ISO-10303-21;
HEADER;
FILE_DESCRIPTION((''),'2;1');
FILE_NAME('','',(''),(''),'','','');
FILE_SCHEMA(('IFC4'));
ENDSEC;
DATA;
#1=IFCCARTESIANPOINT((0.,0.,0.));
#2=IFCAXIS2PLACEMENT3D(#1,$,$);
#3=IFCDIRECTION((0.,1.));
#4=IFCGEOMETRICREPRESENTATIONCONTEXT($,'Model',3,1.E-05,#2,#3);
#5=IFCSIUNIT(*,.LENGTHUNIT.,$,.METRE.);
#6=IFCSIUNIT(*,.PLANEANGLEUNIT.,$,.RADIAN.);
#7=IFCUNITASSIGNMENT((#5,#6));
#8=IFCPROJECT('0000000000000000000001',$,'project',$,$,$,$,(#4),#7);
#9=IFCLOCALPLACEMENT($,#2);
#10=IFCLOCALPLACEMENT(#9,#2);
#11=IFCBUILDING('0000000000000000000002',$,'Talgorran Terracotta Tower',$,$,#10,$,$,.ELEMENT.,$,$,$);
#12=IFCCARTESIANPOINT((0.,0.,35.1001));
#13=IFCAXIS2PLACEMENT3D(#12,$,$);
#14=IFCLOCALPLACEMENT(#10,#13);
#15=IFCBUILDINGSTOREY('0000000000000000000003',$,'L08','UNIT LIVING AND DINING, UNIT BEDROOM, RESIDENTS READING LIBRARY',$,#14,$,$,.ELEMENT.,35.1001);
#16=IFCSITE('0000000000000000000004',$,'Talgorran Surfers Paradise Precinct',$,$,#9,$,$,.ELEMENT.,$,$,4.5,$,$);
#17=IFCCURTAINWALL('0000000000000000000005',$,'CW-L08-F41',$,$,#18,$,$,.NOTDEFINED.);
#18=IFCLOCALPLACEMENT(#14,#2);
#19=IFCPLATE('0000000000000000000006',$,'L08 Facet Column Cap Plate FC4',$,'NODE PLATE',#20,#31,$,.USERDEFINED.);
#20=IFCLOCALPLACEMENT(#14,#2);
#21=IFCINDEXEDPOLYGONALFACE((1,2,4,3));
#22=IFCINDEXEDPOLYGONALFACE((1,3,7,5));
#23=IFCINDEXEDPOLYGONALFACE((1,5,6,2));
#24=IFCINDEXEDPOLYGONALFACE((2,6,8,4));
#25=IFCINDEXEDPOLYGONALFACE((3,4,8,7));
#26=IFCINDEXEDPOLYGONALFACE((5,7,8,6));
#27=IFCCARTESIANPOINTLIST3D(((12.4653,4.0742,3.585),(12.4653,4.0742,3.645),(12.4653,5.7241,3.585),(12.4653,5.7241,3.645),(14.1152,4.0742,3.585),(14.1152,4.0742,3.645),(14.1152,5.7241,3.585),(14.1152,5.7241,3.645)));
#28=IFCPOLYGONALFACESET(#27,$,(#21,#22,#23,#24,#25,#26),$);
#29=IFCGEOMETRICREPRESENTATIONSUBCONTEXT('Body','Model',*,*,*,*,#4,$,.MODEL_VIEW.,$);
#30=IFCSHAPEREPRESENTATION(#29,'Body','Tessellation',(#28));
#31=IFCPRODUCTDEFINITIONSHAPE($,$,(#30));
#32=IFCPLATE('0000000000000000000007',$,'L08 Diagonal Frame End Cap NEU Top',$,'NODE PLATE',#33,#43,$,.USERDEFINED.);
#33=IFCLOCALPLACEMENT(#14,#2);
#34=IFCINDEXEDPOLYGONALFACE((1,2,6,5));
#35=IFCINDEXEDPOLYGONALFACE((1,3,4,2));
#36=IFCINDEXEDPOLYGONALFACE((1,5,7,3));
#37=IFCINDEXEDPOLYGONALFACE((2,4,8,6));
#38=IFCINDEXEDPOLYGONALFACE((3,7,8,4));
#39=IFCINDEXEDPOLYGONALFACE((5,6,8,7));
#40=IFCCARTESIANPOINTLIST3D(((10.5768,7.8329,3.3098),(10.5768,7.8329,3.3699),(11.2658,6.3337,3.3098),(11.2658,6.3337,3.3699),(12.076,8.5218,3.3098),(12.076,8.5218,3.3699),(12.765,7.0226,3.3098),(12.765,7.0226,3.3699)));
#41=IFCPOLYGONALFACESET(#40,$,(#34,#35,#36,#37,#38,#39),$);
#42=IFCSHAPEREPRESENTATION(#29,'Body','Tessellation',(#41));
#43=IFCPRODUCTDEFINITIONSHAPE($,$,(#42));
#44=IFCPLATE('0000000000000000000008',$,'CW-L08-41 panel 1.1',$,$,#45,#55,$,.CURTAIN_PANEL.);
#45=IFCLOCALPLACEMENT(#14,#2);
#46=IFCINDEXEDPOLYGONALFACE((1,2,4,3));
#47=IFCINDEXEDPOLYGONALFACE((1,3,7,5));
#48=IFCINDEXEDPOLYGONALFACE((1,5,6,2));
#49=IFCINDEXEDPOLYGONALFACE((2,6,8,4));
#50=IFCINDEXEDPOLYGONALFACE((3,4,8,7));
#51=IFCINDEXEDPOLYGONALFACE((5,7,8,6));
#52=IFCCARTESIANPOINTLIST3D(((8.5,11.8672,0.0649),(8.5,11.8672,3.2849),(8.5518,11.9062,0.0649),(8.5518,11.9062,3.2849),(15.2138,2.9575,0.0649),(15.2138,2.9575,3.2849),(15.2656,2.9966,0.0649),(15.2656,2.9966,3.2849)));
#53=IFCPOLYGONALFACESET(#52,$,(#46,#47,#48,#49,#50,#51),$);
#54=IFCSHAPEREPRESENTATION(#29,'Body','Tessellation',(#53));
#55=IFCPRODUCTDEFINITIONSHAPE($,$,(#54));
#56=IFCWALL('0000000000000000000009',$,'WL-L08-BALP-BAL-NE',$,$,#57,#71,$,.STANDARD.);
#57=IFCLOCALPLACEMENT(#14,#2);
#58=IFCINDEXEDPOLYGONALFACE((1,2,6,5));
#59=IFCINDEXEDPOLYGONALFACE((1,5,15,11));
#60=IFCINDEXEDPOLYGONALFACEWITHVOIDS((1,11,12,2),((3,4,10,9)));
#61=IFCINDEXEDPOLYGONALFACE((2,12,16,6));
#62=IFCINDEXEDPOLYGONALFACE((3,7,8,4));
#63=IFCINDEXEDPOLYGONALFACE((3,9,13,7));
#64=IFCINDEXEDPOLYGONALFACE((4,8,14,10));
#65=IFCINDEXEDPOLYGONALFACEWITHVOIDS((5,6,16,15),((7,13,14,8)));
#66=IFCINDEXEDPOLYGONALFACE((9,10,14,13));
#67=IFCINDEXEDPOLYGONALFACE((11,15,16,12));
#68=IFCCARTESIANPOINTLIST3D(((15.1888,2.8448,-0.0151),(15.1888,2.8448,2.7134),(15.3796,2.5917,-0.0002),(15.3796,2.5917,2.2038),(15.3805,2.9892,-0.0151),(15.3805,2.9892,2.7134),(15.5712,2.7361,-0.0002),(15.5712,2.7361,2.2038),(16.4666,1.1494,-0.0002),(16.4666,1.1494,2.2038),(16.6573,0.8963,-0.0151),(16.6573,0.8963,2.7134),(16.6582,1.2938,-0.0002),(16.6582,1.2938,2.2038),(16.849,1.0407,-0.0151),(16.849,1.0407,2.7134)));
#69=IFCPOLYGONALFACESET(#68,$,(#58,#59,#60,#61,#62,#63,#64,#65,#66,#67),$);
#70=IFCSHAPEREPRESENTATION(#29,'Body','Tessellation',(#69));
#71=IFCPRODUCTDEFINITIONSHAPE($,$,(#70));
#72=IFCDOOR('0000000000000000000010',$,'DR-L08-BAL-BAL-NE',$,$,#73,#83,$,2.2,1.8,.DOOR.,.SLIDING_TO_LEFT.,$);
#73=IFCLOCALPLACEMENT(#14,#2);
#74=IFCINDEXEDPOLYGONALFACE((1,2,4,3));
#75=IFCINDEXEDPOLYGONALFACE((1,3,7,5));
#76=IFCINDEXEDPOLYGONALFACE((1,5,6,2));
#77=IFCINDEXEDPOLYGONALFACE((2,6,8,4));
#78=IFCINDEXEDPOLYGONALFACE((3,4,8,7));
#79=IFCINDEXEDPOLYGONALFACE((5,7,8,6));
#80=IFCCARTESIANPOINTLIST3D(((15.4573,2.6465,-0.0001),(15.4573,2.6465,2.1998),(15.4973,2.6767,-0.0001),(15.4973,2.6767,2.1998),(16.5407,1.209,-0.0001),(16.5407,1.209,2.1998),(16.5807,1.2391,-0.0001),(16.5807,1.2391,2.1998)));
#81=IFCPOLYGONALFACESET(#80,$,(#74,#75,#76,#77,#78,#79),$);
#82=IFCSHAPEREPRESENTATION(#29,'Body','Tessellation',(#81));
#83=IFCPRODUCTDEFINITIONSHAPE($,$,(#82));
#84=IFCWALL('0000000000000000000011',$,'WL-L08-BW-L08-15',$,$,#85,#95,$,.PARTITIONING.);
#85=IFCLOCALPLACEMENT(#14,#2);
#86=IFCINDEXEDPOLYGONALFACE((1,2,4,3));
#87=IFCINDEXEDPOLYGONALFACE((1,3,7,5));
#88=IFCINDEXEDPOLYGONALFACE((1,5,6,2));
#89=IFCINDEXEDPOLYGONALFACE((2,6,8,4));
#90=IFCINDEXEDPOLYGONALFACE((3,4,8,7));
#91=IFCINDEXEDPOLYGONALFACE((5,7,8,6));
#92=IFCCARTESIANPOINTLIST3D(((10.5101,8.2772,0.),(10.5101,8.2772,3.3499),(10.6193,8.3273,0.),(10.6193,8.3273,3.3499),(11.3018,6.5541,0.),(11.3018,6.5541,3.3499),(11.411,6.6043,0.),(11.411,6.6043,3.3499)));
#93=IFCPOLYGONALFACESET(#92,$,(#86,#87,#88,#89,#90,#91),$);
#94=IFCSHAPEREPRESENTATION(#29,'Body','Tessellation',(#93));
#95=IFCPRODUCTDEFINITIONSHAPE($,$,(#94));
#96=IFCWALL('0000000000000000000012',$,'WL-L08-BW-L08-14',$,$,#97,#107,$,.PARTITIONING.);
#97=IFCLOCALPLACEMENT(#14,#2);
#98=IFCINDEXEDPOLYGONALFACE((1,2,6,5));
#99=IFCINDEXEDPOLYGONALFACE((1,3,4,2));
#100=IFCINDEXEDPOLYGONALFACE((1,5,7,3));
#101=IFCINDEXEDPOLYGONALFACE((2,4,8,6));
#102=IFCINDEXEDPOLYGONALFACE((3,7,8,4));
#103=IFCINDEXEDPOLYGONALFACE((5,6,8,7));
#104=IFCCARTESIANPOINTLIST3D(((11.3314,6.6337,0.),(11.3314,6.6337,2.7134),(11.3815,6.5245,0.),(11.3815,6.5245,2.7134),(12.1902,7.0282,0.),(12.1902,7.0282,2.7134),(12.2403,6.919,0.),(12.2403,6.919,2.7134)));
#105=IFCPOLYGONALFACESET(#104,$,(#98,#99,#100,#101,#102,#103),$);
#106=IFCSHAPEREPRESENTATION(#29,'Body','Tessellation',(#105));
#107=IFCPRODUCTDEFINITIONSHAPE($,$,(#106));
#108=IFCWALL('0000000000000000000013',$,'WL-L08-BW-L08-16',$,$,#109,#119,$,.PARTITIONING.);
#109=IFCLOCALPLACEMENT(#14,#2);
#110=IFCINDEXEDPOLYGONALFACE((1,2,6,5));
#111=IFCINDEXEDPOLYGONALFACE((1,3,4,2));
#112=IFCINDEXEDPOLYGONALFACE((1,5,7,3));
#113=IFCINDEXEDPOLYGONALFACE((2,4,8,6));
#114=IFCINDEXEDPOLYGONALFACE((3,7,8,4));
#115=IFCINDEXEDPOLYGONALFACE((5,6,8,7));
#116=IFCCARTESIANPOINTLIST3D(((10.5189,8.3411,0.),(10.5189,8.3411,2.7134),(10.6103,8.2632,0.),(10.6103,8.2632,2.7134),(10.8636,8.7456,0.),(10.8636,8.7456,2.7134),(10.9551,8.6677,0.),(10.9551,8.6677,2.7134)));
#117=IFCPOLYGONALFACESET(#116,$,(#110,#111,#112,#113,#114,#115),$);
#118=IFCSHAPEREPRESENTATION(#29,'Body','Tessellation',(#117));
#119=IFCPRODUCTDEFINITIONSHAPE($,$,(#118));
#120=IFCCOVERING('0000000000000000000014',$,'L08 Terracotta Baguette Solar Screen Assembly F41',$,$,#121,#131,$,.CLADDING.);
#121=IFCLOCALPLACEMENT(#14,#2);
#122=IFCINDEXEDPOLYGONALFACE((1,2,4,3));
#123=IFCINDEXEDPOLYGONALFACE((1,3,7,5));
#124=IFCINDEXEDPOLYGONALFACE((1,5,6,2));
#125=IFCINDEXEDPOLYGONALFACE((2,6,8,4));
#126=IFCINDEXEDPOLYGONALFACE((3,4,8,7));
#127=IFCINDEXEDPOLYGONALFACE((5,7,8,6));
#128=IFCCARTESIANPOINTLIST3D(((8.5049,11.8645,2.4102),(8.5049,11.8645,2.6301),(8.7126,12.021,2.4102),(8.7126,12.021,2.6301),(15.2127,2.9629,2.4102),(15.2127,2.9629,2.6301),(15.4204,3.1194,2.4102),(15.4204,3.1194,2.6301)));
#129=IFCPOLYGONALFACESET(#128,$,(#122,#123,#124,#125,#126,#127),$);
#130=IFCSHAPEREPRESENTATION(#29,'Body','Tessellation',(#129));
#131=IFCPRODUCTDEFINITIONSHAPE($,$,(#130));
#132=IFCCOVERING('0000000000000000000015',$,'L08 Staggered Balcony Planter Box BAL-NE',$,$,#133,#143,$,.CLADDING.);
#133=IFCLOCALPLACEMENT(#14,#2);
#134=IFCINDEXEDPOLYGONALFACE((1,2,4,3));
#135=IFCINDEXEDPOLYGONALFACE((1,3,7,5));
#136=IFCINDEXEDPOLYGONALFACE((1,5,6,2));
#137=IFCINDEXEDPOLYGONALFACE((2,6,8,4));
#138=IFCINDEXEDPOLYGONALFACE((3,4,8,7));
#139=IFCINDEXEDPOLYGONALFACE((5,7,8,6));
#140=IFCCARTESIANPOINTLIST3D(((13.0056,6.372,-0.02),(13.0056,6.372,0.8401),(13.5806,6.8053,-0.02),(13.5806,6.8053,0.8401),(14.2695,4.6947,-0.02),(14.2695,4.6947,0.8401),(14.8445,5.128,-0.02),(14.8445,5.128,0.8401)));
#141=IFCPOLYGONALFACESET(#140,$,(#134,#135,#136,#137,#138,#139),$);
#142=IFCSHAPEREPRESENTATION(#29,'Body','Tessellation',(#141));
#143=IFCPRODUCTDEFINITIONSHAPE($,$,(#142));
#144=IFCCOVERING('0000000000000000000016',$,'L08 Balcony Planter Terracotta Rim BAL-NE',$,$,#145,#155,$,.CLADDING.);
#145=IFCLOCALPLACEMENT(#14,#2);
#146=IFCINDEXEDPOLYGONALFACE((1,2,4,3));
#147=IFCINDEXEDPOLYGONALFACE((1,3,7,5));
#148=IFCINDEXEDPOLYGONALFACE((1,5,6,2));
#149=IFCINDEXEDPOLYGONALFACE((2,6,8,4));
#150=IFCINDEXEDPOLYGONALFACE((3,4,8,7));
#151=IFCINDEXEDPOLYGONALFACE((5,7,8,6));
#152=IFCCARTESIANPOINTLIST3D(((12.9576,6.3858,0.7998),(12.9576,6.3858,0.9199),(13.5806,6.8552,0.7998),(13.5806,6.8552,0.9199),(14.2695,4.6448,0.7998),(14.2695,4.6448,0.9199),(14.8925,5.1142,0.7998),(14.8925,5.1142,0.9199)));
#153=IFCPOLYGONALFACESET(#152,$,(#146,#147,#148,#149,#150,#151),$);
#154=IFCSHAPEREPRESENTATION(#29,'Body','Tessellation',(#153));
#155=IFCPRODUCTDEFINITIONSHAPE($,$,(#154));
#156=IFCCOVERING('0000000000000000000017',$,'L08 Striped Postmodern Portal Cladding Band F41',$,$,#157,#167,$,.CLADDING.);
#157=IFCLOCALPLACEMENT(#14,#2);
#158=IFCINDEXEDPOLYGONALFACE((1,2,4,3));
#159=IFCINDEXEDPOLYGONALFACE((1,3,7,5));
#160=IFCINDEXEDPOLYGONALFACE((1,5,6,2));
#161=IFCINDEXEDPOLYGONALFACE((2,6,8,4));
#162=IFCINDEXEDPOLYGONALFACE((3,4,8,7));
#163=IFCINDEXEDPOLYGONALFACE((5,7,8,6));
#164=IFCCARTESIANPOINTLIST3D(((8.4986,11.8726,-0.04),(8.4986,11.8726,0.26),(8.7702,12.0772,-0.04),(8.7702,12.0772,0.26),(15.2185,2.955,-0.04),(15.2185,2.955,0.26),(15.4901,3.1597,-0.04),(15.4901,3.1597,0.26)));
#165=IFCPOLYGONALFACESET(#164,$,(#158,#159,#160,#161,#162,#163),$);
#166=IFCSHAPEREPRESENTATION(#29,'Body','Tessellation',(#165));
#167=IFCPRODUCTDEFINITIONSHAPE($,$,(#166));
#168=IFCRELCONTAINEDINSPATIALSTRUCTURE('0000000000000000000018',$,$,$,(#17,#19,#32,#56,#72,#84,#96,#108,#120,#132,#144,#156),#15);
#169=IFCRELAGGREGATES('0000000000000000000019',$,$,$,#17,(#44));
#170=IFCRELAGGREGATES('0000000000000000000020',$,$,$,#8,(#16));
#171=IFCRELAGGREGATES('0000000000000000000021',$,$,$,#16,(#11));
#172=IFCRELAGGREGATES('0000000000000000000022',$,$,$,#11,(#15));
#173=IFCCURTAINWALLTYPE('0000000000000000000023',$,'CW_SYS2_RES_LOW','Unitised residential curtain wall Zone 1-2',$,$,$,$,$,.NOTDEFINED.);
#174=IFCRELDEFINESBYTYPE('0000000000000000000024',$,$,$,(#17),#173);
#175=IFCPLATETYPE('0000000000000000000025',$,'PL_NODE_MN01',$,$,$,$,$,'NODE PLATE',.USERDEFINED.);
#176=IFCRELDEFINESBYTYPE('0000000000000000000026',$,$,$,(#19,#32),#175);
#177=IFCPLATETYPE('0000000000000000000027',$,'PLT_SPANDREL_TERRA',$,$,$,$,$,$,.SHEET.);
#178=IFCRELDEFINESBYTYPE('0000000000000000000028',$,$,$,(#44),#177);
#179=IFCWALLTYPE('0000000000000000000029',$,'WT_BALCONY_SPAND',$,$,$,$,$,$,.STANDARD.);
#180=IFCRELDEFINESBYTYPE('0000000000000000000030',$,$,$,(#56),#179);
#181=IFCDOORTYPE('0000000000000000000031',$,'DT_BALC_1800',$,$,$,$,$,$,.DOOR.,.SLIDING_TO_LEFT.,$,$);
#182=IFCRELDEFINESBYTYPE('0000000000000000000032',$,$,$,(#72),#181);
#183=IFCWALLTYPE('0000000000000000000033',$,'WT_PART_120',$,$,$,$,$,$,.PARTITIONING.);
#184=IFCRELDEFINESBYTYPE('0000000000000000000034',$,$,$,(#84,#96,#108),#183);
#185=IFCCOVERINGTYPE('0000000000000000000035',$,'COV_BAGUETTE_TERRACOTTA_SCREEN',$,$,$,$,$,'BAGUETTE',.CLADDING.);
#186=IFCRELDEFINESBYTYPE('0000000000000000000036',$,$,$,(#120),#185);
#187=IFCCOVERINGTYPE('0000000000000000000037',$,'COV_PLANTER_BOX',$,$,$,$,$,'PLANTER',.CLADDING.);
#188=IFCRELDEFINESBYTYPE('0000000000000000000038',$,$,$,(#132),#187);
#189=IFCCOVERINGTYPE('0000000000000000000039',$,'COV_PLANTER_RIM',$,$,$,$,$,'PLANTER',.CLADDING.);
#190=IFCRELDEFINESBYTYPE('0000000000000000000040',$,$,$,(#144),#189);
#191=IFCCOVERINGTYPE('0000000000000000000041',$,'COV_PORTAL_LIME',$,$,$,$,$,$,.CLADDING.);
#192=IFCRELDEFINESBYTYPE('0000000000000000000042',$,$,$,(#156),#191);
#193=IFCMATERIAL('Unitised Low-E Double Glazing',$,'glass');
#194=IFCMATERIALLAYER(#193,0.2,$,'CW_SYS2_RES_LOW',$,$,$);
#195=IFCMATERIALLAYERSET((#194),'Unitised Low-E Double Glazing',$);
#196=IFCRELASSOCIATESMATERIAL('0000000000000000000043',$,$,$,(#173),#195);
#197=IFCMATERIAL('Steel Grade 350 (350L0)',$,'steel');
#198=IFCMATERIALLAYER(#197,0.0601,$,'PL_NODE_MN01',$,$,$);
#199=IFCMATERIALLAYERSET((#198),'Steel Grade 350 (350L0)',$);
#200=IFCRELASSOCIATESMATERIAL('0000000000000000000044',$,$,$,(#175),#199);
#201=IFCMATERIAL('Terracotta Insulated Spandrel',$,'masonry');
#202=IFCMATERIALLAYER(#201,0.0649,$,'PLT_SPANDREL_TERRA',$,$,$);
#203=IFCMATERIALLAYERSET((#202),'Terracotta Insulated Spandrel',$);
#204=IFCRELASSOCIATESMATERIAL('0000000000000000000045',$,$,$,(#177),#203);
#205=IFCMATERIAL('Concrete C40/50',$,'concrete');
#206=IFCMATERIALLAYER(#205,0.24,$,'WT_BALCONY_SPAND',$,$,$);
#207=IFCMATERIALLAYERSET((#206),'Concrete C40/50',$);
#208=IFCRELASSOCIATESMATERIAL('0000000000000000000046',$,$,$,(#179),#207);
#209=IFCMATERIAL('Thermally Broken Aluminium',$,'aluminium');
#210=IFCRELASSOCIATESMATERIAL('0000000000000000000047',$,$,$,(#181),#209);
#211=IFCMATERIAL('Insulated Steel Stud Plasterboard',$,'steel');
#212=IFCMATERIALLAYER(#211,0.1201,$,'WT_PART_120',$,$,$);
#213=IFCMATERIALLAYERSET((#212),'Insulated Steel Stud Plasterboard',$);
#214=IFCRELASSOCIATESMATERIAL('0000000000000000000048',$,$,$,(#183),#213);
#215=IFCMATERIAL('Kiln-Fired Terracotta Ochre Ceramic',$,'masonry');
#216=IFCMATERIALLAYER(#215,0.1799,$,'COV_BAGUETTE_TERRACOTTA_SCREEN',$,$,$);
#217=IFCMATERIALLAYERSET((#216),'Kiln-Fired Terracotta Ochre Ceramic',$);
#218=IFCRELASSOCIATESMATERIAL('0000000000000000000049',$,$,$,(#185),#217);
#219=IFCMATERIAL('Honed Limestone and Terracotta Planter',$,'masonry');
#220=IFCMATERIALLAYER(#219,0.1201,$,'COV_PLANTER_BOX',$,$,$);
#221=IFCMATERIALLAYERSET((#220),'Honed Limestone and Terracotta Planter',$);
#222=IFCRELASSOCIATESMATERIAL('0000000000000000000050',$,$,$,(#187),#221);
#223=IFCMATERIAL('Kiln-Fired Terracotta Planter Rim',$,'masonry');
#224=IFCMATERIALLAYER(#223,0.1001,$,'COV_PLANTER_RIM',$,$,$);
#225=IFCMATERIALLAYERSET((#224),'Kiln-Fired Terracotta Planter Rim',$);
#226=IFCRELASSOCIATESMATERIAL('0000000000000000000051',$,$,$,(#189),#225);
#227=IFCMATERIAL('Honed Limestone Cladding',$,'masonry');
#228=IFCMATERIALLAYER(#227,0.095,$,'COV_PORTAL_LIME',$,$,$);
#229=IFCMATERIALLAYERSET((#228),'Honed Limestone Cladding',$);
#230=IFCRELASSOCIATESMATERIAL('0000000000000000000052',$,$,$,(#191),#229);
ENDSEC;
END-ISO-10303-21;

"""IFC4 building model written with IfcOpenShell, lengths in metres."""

from ifc_helpers import new_model, si_unit, direction, frame, frame_2d, origin, origin_2d, place, context, subcontext, project, spatial, rectangle, extrude, source, transform, mapped, material, layer, layer_set, type_object, type_shapes, element, fill, aggregate, save


model = new_model("IFC4")

# Units and contexts
model_context = context("Model", 3, precision=1e-05, world=origin(), true_north=direction((0.0, 1.0)))
body_context = subcontext(model_context, "Body", "Model", "MODEL_VIEW")
ifc_project = project(units=[si_unit("LENGTHUNIT", "METRE"), si_unit("PLANEANGLEUNIT", "RADIAN")], contexts=[model_context])

# Site, building, storey
site_placement = place(None, origin())
site = spatial("IfcSite", under=ifc_project, at=site_placement, Name="Talgorran Surfers Paradise Precinct", CompositionType="ELEMENT", RefElevation=4.5)
building_placement = place(site_placement, origin())
building = spatial("IfcBuilding", under=site, at=building_placement, Name="Talgorran Terracotta Tower", CompositionType="ELEMENT")
storey_placement = place(building_placement, frame((0.0, 0.0, 35.1001)))
storey = spatial("IfcBuildingStorey", under=building, at=storey_placement, Name="L08", Description="UNIT LIVING AND DINING, UNIT BEDROOM, RESIDENTS READING LIBRARY", CompositionType="ELEMENT", Elevation=35.1001)

# Shared definitions
ifc_material_1 = material(Name="Steel Grade 350 (350L0)", Category="steel")

# Curtain wall
ifc_material_2 = material(Name="Unitised Low-E Double Glazing", Category="glass")
ifc_layer_1 = layer(ifc_material_2, 0.2, Name="CW_SYS2_RES_LOW")
ifc_layer_set_1 = layer_set([ifc_layer_1], Name="Unitised Low-E Double Glazing")
curtain_wall_type = type_object("IfcCurtainWallType", Name="CW_SYS2_RES_LOW", Description="Unitised residential curtain wall Zone 1-2", PredefinedType="NOTDEFINED", material=ifc_layer_set_1)
curtain_wall_placement = place(storey_placement, origin())
curtain_wall = element("IfcCurtainWall", 1, at=curtain_wall_placement, inside=storey, type_object=curtain_wall_type, Name="CW-L08-F41", PredefinedType="NOTDEFINED")

# Plates
ifc_layer_2 = layer(ifc_material_1, 0.0601, Name="PL_NODE_MN01")
ifc_layer_set_2 = layer_set([ifc_layer_2], Name="Steel Grade 350 (350L0)")
plate_type_1 = type_object("IfcPlateType", Name="PL_NODE_MN01", ElementType="NODE PLATE", PredefinedType="USERDEFINED", material=ifc_layer_set_2)
for number, where, z_axis, x_axis, name in (
    (2, (13.2903, 4.8992, 3.585), (0.0, 0.0, 1.0), (1.0, 0.0, 0.0), "L08 Facet Column Cap Plate FC4"),
    (3, (11.6709, 7.4277, 3.3098), (0.0, 0.0, 1.0), (0.41755, -0.908654, 0.0), "L08 Diagonal Frame End Cap NEU Top"),
):
    element("IfcPlate", number, at=place(storey_placement, frame(where, z_axis=z_axis, x_axis=x_axis)), inside=storey, type_object=plate_type_1, Name=name, ObjectType="NODE PLATE", PredefinedType="USERDEFINED", context=body_context, shape_type="SweptSolid", body=[
        extrude(rectangle(XDim=1.6499, YDim=1.6499, at=origin_2d()), origin(), (0.0, 0.0, 1.0), 0.0601),
    ])

# Plate
ifc_material_3 = material(Name="Terracotta Insulated Spandrel", Category="masonry")
ifc_layer_3 = layer(ifc_material_3, 0.0649, Name="PLT_SPANDREL_TERRA")
ifc_layer_set_3 = layer_set([ifc_layer_3], Name="Terracotta Insulated Spandrel")
plate_type_2 = type_object("IfcPlateType", Name="PLT_SPANDREL_TERRA", PredefinedType="SHEET", material=ifc_layer_set_3)
shared_shape_1 = source(origin(), body_context, "Body", "SweptSolid", [
    extrude(rectangle(XDim=11.156, YDim=0.0649, at=origin_2d()), origin(), (0.0, 0.0, 1.0), 3.22),
])
type_shapes(plate_type_2, [shared_shape_1])
plate_1_placement = place(storey_placement, frame((11.8828, 7.4319, 0.0649), z_axis=(0.0, 0.0, 1.0), x_axis=(-0.60181, 0.798639, 0.0)))
plate_1 = element("IfcPlate", 4, at=plate_1_placement, type_object=plate_type_2, Name="CW-L08-41 panel 1.1", PredefinedType="CURTAIN_PANEL", context=body_context, shape_type="MappedRepresentation", body=[
    mapped(shared_shape_1, transform((0.0, 0.0, 0.0), scale=1.0)),
])
aggregate(curtain_wall, [plate_1])

# Wall, opening, door
ifc_material_4 = material(Name="Concrete C40/50", Category="concrete")
ifc_layer_4 = layer(ifc_material_4, 0.24, Name="WT_BALCONY_SPAND")
ifc_layer_set_4 = layer_set([ifc_layer_4], Name="Concrete C40/50")
wall_type_1 = type_object("IfcWallType", Name="WT_BALCONY_SPAND", PredefinedType="STANDARD", material=ifc_layer_set_4)
wall_1_placement = place(storey_placement, frame((16.7532, 0.9685, -0.0151), z_axis=(0.0, 0.0, 1.0), x_axis=(-0.601872, 0.798593, 0.0)))
wall_1 = element("IfcWall", 5, at=wall_1_placement, inside=storey, type_object=wall_type_1, Name="WL-L08-BALP-BAL-NE", PredefinedType="STANDARD", context=body_context, shape_type="SweptSolid", body=[
    extrude(rectangle(XDim=2.4399, YDim=0.24, at=frame_2d((1.22, 0.0))), origin(), (0.0, 0.0, 1.0), 2.7285),
])
opening_placement = place(wall_1_placement, frame((0.3201, 0.0, 0.0149)))
opening = element("IfcOpeningElement", 6, at=opening_placement, cuts=wall_1, PredefinedType="OPENING", context=body_context, shape_type="SweptSolid", body=[
    extrude(rectangle(XDim=1.806, YDim=2.204, at=frame_2d((0.8999, 1.1021))), frame((0.0, 0.1299, 0.0), z_axis=(0.0, -1.0, 0.0), x_axis=(1.0, 0.0, 0.0)), (0.0, 0.0, 1.0), 0.26),
])
ifc_material_5 = material(Name="Thermally Broken Aluminium", Category="aluminium")
door_type = type_object("IfcDoorType", Name="DT_BALC_1800", OperationType="SLIDING_TO_LEFT", PredefinedType="DOOR", material=ifc_material_5)
door_placement = place(opening_placement, origin())
door = element("IfcDoor", 7, at=door_placement, inside=storey, type_object=door_type, Name="DR-L08-BAL-BAL-NE", OperationType="SLIDING_TO_LEFT", OverallHeight=2.2, OverallWidth=1.8, PredefinedType="DOOR", context=body_context, shape_type="SweptSolid", body=[
    extrude(rectangle(XDim=1.8, YDim=2.2, at=frame_2d((0.8999, 1.1001))), frame((0.0, 0.0249, 0.0), z_axis=(0.0, -1.0, 0.0), x_axis=(1.0, 0.0, 0.0)), (0.0, 0.0, 1.0), 0.05),
])
fill(opening, door)

# Walls
ifc_material_6 = material(Name="Insulated Steel Stud Plasterboard", Category="steel")
ifc_layer_5 = layer(ifc_material_6, 0.1201, Name="WT_PART_120")
ifc_layer_set_5 = layer_set([ifc_layer_5], Name="Insulated Steel Stud Plasterboard")
wall_type_2 = type_object("IfcWallType", Name="WT_PART_120", PredefinedType="PARTITIONING", material=ifc_layer_set_5)
wall_2_placement = place(storey_placement, frame((11.3564, 6.5791, 0.0), z_axis=(0.0, 0.0, 1.0), x_axis=(-0.417515, 0.90867, 0.0)))
element("IfcWall", 8, at=wall_2_placement, inside=storey, type_object=wall_type_2, Name="WL-L08-BW-L08-15", PredefinedType="PARTITIONING", context=body_context, shape_type="SweptSolid", body=[
    extrude(rectangle(XDim=1.8962, YDim=0.1201, at=frame_2d((0.9482, 0.0))), origin(), (0.0, 0.0, 1.0), 3.3499),
])
wall_3_placement = place(storey_placement, frame((12.2153, 6.9736, 0.0), z_axis=(0.0, 0.0, 1.0), x_axis=(-0.908714, -0.417419, 0.0)))
element("IfcWall", 9, at=wall_3_placement, inside=storey, type_object=wall_type_2, Name="WL-L08-BW-L08-14", PredefinedType="PARTITIONING", context=body_context, shape_type="SweptSolid", body=[
    extrude(rectangle(XDim=0.9451, YDim=0.1201, at=frame_2d((0.4727, 0.0))), origin(), (0.0, 0.0, 1.0), 2.7134),
])
wall_4_placement = place(storey_placement, frame((10.5647, 8.3022, 0.0), z_axis=(0.0, 0.0, 1.0), x_axis=(0.648595, 0.761134, 0.0)))
element("IfcWall", 10, at=wall_4_placement, inside=storey, type_object=wall_type_2, Name="WL-L08-BW-L08-16", PredefinedType="PARTITIONING", context=body_context, shape_type="SweptSolid", body=[
    extrude(rectangle(XDim=0.5315, YDim=0.1201, at=frame_2d((0.2656, 0.0))), origin(), (0.0, 0.0, 1.0), 2.7134),
])

# Coverings
ifc_material_7 = material(Name="Kiln-Fired Terracotta Ochre Ceramic", Category="masonry")
ifc_layer_6 = layer(ifc_material_7, 0.1799, Name="COV_BAGUETTE_TERRACOTTA_SCREEN")
ifc_layer_set_6 = layer_set([ifc_layer_6], Name="Kiln-Fired Terracotta Ochre Ceramic")
covering_type_1 = type_object("IfcCoveringType", Name="COV_BAGUETTE_TERRACOTTA_SCREEN", ElementType="BAGUETTE", PredefinedType="CLADDING", material=ifc_layer_set_6)
covering_1_placement = place(storey_placement, frame((11.9626, 7.4919, 2.4102), z_axis=(0.0, 0.0, 1.0), x_axis=(-0.601815, 0.798636, 0.0)))
element("IfcCovering", 11, at=covering_1_placement, inside=storey, type_object=covering_type_1, Name="L08 Terracotta Baguette Solar Screen Assembly F41", PredefinedType="CLADDING", context=body_context, shape_type="SweptSolid", body=[
    extrude(rectangle(XDim=11.146, YDim=0.26, at=origin_2d()), origin(), (0.0, 0.0, 1.0), 0.22),
])
ifc_material_8 = material(Name="Honed Limestone and Terracotta Planter", Category="masonry")
ifc_layer_7 = layer(ifc_material_8, 0.1201, Name="COV_PLANTER_BOX")
ifc_layer_set_7 = layer_set([ifc_layer_7], Name="Honed Limestone and Terracotta Planter")
covering_type_2 = type_object("IfcCoveringType", Name="COV_PLANTER_BOX", ElementType="PLANTER", PredefinedType="CLADDING", material=ifc_layer_set_7)
covering_2_placement = place(storey_placement, frame((13.925, 5.75, -0.02), z_axis=(0.0, 0.0, 1.0), x_axis=(-0.601815, 0.798636, 0.0)))
element("IfcCovering", 12, at=covering_2_placement, inside=storey, type_object=covering_type_2, Name="L08 Staggered Balcony Planter Box BAL-NE", PredefinedType="CLADDING", context=body_context, shape_type="SweptSolid", body=[
    extrude(rectangle(XDim=2.1001, YDim=0.72, at=origin_2d()), origin(), (0.0, 0.0, 1.0), 0.8601),
])
ifc_material_9 = material(Name="Kiln-Fired Terracotta Planter Rim", Category="masonry")
ifc_layer_8 = layer(ifc_material_9, 0.1001, Name="COV_PLANTER_RIM")
ifc_layer_set_8 = layer_set([ifc_layer_8], Name="Kiln-Fired Terracotta Planter Rim")
covering_type_3 = type_object("IfcCoveringType", Name="COV_PLANTER_RIM", ElementType="PLANTER", PredefinedType="CLADDING", material=ifc_layer_set_8)
covering_3_placement = place(storey_placement, frame((13.925, 5.75, 0.7998), z_axis=(0.0, 0.0, 1.0), x_axis=(-0.601815, 0.798636, 0.0)))
element("IfcCovering", 13, at=covering_3_placement, inside=storey, type_object=covering_type_3, Name="L08 Balcony Planter Terracotta Rim BAL-NE", PredefinedType="CLADDING", context=body_context, shape_type="SweptSolid", body=[
    extrude(rectangle(XDim=2.1799, YDim=0.78, at=origin_2d()), origin(), (0.0, 0.0, 1.0), 0.1201),
])
ifc_material_10 = material(Name="Honed Limestone Cladding", Category="masonry")
ifc_layer_9 = layer(ifc_material_10, 0.095, Name="COV_PORTAL_LIME")
ifc_layer_set_9 = layer_set([ifc_layer_9], Name="Honed Limestone Cladding")
covering_type_4 = type_object("IfcCoveringType", Name="COV_PORTAL_LIME", PredefinedType="CLADDING", material=ifc_layer_set_9)
covering_4_placement = place(storey_placement, frame((11.9944, 7.5161, -0.04), z_axis=(0.0, 0.0, 1.0), x_axis=(-0.601815, 0.798636, 0.0)))
element("IfcCovering", 14, at=covering_4_placement, inside=storey, type_object=covering_type_4, Name="L08 Striped Postmodern Portal Cladding Band F41", PredefinedType="CLADDING", context=body_context, shape_type="SweptSolid", body=[
    extrude(rectangle(XDim=11.166, YDim=0.3401, at=origin_2d()), origin(), (0.0, 0.0, 1.0), 0.3),
])

save(model, "model.ifc")
